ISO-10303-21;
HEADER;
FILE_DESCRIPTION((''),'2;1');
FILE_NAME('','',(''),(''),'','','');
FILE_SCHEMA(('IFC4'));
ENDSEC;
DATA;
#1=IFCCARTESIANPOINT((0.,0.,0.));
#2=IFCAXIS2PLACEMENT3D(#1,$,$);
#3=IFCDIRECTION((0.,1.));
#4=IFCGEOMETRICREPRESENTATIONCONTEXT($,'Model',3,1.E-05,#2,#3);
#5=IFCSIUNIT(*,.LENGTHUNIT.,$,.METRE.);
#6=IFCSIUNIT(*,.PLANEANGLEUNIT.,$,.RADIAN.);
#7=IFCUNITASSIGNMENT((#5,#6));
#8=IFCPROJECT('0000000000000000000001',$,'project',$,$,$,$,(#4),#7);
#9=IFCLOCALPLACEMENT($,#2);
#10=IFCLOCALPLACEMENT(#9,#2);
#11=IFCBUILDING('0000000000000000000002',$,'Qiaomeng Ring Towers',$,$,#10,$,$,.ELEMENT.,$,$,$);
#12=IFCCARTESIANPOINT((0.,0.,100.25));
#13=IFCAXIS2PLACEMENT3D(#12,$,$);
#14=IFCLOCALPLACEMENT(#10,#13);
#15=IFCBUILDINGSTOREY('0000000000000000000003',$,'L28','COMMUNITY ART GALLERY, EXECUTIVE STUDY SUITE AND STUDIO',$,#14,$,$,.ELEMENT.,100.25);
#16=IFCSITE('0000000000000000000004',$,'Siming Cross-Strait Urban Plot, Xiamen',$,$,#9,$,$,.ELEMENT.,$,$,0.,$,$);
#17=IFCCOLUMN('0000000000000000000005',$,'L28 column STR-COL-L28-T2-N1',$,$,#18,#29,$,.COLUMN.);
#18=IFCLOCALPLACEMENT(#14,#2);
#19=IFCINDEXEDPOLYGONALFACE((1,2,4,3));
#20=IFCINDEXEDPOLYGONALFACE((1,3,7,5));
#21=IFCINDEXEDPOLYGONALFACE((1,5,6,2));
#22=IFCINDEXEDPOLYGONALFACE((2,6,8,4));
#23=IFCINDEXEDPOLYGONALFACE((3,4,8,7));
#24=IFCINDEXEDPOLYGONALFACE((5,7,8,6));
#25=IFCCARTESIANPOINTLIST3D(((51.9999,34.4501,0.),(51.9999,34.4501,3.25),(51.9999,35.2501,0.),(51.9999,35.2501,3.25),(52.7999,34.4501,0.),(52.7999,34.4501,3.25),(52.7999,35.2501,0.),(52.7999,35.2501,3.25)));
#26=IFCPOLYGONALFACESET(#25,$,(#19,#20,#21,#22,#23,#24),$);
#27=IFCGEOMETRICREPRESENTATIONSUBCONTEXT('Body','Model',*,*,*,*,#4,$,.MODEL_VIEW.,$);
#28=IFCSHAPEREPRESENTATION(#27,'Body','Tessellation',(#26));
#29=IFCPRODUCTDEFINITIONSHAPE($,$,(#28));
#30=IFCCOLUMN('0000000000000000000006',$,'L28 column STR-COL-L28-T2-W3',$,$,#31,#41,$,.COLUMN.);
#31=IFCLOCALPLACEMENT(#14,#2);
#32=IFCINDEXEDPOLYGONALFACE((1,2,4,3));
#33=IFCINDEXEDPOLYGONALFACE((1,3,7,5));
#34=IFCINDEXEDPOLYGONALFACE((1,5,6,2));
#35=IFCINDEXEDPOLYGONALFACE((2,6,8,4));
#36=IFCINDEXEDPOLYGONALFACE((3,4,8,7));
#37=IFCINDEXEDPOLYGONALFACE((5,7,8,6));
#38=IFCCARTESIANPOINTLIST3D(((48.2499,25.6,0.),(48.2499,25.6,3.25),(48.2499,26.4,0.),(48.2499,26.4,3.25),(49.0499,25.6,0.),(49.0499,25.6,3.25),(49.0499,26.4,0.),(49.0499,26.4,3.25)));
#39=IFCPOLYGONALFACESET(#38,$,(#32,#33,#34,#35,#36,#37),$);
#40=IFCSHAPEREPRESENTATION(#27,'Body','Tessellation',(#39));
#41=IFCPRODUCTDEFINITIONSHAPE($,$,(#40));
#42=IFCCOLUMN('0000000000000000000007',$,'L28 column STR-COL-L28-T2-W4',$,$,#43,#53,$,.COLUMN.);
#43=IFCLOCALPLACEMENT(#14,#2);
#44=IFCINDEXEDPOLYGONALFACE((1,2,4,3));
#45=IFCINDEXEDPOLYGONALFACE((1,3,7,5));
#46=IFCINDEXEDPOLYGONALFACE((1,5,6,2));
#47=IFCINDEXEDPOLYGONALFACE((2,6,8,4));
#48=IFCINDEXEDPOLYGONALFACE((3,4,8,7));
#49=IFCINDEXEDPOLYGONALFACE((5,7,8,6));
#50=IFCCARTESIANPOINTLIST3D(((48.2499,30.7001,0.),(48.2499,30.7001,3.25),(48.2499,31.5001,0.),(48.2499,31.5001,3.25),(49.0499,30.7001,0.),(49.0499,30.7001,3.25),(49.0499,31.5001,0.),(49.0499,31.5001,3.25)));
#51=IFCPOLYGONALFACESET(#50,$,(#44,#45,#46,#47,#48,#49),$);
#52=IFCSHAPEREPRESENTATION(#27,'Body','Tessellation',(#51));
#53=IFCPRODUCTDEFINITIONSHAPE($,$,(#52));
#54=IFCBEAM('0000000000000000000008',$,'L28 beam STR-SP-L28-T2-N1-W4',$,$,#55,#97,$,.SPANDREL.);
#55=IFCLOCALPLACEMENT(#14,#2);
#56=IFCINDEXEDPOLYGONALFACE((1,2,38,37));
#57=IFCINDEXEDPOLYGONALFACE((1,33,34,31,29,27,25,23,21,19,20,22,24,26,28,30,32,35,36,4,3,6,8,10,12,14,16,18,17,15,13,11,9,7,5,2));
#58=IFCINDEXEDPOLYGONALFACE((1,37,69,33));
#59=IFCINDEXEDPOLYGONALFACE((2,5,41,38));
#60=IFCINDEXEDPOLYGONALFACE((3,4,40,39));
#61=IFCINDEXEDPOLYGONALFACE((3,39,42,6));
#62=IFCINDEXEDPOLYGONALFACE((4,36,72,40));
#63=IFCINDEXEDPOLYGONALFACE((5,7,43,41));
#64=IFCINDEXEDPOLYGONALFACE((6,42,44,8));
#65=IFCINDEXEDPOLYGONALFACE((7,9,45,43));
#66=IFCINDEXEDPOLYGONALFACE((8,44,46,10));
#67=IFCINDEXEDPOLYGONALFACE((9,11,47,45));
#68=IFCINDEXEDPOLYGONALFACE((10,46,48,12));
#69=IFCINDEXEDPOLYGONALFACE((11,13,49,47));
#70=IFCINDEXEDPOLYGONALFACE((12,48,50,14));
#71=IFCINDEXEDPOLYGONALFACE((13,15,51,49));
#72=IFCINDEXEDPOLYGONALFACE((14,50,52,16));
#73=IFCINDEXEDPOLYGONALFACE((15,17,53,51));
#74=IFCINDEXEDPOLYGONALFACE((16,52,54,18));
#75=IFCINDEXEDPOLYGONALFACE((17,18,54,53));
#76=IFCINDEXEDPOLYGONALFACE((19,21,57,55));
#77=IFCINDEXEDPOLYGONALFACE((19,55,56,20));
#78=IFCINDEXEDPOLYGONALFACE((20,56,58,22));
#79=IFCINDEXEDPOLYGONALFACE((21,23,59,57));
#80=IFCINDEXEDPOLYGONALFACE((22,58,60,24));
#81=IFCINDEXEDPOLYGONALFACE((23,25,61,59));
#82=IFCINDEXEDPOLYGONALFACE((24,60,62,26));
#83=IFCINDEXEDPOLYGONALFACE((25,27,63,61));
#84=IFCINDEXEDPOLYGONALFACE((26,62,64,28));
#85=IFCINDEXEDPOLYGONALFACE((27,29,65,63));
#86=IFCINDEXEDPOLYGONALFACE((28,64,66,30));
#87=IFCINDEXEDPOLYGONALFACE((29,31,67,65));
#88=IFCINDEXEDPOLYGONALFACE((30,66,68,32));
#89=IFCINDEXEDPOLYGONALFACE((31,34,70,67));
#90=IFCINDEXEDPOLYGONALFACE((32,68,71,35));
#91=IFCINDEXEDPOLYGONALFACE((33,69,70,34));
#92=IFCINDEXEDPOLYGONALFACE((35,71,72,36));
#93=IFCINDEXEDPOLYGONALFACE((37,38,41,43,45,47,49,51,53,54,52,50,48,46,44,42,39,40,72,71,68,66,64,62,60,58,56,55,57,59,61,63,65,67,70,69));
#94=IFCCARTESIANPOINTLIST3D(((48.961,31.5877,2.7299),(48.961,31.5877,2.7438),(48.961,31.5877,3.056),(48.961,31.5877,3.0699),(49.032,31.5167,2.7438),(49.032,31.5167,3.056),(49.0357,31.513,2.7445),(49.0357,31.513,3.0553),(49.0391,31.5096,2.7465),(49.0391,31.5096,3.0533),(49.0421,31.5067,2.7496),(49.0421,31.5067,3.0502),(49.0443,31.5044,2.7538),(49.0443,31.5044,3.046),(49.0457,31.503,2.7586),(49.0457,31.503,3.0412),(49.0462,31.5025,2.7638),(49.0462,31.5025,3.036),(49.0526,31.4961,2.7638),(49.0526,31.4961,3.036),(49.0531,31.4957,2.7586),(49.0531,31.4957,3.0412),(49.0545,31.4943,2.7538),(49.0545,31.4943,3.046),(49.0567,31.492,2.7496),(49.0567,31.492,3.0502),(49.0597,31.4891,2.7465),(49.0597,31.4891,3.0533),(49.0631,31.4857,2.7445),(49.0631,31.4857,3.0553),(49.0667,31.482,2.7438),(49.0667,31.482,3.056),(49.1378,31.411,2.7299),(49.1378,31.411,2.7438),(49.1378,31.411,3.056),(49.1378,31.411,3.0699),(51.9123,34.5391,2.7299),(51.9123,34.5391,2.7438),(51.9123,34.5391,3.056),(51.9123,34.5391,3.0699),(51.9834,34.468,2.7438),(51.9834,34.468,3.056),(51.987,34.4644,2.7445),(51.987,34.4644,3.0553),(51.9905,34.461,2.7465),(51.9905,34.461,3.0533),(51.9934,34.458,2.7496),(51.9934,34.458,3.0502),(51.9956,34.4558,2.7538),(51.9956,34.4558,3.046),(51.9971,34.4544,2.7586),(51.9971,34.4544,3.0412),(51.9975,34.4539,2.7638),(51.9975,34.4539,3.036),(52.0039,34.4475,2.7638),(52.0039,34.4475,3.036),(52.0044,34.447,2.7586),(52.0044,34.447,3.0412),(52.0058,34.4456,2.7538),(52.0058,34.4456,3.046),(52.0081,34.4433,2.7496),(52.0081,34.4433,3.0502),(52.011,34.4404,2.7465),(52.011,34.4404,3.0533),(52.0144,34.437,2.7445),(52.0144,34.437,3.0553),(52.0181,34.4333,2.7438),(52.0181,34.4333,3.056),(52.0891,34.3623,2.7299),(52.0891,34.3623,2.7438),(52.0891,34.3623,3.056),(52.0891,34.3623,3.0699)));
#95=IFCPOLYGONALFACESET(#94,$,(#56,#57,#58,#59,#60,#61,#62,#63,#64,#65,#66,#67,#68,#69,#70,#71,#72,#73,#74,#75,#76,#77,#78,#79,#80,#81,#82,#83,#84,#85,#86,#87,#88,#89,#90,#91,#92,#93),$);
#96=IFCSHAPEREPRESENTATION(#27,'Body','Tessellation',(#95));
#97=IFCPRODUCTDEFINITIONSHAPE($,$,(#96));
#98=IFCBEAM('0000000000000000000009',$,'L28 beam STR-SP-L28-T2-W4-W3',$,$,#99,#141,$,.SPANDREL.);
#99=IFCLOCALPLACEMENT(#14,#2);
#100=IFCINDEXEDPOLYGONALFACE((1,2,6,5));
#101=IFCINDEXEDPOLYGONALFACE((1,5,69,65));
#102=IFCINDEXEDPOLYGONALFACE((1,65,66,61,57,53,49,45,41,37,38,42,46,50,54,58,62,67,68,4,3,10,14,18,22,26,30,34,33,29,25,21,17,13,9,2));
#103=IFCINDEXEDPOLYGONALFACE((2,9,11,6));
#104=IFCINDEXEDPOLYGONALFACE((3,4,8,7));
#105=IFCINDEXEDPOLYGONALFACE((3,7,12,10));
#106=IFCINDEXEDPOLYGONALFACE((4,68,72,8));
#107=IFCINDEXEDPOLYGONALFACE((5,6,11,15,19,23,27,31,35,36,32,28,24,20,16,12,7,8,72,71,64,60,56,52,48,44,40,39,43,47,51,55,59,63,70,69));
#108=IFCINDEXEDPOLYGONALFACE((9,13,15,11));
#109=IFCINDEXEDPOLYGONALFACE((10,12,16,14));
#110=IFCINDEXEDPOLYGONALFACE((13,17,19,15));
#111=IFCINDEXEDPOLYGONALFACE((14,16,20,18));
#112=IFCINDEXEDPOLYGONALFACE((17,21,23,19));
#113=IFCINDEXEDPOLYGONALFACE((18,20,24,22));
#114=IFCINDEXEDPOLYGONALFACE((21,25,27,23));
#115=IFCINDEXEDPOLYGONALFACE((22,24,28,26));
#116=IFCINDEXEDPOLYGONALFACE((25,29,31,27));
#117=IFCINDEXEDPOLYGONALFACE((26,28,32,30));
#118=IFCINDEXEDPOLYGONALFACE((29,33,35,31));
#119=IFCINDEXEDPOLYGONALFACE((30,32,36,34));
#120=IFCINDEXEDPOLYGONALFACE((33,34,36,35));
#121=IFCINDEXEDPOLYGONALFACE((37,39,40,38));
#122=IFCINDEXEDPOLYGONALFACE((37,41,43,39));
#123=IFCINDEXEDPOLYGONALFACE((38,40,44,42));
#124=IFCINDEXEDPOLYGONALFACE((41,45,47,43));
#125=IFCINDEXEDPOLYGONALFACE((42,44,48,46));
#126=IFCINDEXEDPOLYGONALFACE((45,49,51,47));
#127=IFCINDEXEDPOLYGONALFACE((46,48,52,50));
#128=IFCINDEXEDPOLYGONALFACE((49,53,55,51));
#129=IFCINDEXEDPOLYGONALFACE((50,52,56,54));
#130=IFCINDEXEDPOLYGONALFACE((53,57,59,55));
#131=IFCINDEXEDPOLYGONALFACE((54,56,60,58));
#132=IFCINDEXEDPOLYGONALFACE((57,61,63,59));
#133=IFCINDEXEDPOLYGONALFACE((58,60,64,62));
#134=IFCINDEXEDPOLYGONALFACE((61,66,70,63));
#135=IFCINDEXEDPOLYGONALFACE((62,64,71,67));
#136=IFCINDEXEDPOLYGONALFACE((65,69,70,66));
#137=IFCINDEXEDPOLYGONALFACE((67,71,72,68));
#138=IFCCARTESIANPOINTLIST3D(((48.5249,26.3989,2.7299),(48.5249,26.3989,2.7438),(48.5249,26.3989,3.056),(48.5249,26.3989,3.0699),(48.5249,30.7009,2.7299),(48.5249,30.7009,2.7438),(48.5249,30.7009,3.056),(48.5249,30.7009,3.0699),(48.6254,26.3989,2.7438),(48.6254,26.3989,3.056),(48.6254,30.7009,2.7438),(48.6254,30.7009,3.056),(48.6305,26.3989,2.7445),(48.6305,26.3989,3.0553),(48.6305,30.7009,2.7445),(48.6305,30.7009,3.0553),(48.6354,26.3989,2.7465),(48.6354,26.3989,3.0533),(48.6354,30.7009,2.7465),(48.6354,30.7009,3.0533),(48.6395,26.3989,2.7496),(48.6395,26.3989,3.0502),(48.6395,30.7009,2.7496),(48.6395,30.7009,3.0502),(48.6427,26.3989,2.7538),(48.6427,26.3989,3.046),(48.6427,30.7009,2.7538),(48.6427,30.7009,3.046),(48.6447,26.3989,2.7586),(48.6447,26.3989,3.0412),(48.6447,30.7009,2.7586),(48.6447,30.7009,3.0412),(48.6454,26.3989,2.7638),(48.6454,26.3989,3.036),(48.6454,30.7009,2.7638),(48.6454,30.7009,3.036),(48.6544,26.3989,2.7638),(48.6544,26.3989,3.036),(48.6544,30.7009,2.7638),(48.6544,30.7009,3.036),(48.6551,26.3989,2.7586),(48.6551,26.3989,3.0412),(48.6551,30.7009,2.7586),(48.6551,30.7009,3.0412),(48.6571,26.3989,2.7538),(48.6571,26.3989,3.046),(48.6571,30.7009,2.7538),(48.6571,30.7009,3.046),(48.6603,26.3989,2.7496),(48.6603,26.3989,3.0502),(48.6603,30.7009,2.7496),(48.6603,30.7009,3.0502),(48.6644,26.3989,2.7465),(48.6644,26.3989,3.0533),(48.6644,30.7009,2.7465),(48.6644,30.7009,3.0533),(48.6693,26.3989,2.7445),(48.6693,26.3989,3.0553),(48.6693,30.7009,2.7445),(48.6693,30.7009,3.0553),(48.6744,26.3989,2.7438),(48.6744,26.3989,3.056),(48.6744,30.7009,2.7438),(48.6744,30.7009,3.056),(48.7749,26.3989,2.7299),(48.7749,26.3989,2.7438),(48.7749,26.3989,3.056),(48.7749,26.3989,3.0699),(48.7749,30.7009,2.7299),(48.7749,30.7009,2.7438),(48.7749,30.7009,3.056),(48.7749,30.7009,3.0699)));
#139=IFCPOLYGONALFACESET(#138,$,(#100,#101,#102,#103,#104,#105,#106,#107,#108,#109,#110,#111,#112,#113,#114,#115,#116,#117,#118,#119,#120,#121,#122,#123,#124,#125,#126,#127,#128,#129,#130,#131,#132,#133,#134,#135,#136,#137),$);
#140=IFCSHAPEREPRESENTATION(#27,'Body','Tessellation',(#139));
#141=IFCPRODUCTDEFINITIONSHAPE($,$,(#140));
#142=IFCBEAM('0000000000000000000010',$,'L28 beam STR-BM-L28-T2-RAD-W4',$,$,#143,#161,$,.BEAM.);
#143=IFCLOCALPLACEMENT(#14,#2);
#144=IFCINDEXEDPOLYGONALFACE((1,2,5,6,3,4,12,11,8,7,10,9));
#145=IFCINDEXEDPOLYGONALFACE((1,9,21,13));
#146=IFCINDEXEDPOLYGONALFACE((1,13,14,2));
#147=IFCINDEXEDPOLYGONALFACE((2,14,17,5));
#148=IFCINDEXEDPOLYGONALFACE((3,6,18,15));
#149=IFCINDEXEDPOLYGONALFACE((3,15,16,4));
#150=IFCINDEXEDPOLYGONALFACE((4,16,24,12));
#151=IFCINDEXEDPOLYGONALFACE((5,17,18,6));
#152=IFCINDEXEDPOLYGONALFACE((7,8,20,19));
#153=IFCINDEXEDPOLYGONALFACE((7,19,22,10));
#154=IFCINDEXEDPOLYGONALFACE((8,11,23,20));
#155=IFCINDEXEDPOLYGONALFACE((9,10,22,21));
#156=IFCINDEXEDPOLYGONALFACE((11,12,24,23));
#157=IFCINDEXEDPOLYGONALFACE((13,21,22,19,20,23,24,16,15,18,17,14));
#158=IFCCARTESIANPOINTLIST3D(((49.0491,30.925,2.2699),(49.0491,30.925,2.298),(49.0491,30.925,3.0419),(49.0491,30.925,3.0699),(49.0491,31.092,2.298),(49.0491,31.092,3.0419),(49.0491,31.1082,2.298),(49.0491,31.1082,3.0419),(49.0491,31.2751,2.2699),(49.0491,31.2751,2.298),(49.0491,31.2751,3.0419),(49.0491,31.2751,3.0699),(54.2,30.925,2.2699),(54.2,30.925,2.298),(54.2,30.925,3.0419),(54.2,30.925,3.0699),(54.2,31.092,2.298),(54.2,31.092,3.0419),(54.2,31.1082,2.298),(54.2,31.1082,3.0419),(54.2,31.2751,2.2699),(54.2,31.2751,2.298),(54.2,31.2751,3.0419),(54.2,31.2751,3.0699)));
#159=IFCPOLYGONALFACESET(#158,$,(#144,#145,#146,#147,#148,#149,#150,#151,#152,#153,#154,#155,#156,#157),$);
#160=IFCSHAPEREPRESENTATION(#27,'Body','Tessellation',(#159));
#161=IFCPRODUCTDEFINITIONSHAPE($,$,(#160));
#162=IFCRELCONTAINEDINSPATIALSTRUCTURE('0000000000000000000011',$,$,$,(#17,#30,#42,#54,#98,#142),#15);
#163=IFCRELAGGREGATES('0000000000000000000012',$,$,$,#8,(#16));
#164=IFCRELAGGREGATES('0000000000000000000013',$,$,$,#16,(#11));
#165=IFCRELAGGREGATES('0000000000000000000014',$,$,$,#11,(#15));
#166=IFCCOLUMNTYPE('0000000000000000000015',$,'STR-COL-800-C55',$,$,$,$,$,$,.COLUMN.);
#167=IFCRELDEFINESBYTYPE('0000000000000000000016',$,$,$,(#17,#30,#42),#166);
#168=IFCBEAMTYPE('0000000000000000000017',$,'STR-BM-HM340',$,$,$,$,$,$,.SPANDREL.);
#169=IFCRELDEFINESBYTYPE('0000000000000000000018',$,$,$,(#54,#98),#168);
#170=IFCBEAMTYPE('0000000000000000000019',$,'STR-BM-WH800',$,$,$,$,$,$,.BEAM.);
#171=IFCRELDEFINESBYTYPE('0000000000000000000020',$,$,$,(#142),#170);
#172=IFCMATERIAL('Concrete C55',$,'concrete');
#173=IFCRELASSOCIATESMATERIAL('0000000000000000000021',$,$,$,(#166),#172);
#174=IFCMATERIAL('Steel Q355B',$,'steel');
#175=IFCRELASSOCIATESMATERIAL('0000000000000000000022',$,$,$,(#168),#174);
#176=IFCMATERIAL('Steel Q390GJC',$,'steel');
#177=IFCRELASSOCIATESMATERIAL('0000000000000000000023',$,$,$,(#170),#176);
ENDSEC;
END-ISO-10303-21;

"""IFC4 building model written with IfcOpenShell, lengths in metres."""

from ifc_helpers import new_model, si_unit, direction, frame, origin, origin_2d, place, context, subcontext, project, spatial, rectangle, i_section, extrude, source, transform, mapped, material, material_profile, profile_set, type_object, element, save


model = new_model("IFC4")

# Units and contexts
model_context = context("Model", 3, precision=1e-05, world=origin(), true_north=direction((0.0, 1.0)))
body_context = subcontext(model_context, "Body", "Model", "MODEL_VIEW")
ifc_project = project(units=[si_unit("LENGTHUNIT", "METRE"), si_unit("PLANEANGLEUNIT", "RADIAN")], contexts=[model_context])

# Site, building, storey
site_placement = place(None, origin())
site = spatial("IfcSite", under=ifc_project, at=site_placement, Name="Siming Cross-Strait Urban Plot, Xiamen", CompositionType="ELEMENT", RefElevation=0.0)
building_placement = place(site_placement, origin())
building = spatial("IfcBuilding", under=site, at=building_placement, Name="Qiaomeng Ring Towers", CompositionType="ELEMENT")
storey_placement = place(building_placement, frame((0.0, 0.0, 100.25)))
storey = spatial("IfcBuildingStorey", under=building, at=storey_placement, Name="L28", Description="COMMUNITY ART GALLERY, EXECUTIVE STUDY SUITE AND STUDIO", CompositionType="ELEMENT", Elevation=100.25)

# Columns
ifc_material_1 = material(Name="Concrete C55", Category="concrete")
ifc_material_profile_1 = material_profile(ifc_material_1, rectangle(XDim=0.8, YDim=0.8, at=origin_2d()), Name="RC COL 800x800")
ifc_profile_set_1 = profile_set([ifc_material_profile_1], Name="Concrete C55")
column_type = type_object("IfcColumnType", Name="STR-COL-800-C55", PredefinedType="COLUMN", material=ifc_profile_set_1)
shared_shape_1 = source(origin(), body_context, "Body", "SweptSolid", [
    extrude(rectangle(XDim=0.8, YDim=0.8, at=origin_2d()), origin(), (0.0, 0.0, 1.0), 3.25),
])
for number, where, z_axis, x_axis, name in (
    (1, (52.3999, 34.8501, 0.0), (0.0, 0.0, 1.0), (1.0, 0.0, 0.0), "L28 column STR-COL-L28-T2-N1"),
    (2, (48.6499, 26.0, 0.0), (0.0, 0.0, 1.0), (1.0, 0.0, 0.0), "L28 column STR-COL-L28-T2-W3"),
    (3, (48.6499, 31.1001, 0.0), (0.0, 0.0, 1.0), (1.0, 0.0, 0.0), "L28 column STR-COL-L28-T2-W4"),
):
    element("IfcColumn", number, at=place(storey_placement, frame(where, z_axis=z_axis, x_axis=x_axis)), inside=storey, type_object=column_type, Name=name, PredefinedType="COLUMN", context=body_context, shape_type="MappedRepresentation", body=[
        mapped(shared_shape_1, transform((0.0, 0.0, 0.0), x_axis=(1.0, 0.0, 0.0), y_axis=(0.0, 1.0, 0.0), z_axis=(0.0, 0.0, 1.0), scale=1.0)),
    ])

# Beams
ifc_material_2 = material(Name="Steel Q355B", Category="steel")
ifc_material_profile_2 = material_profile(ifc_material_2, i_section(OverallWidth=0.25, OverallDepth=0.3401, WebThickness=0.009, FlangeThickness=0.0139, FilletRadius=0.02, at=origin_2d()), Name="HM 340x250x9x14")
ifc_profile_set_2 = profile_set([ifc_material_profile_2], Name="Steel Q355B")
beam_type_1 = type_object("IfcBeamType", Name="STR-BM-HM340", PredefinedType="SPANDREL", material=ifc_profile_set_2)
shared_shape_2 = source(origin(), body_context, "Body", "SweptSolid", [
    extrude(i_section(OverallWidth=0.25, OverallDepth=0.3401, WebThickness=0.009, FlangeThickness=0.0139, FilletRadius=0.02, at=origin_2d()), origin(), (0.0, 0.0, 1.0), 4.1738),
])
beam_1_placement = place(storey_placement, frame((52.0007, 34.4507, 2.8999), z_axis=(-0.707107, -0.707107, 0.0), x_axis=(0.707107, -0.707107, 0.0)))
element("IfcBeam", 4, at=beam_1_placement, inside=storey, type_object=beam_type_1, Name="L28 beam STR-SP-L28-T2-N1-W4", PredefinedType="SPANDREL", context=body_context, shape_type="MappedRepresentation", body=[
    mapped(shared_shape_2, transform((0.0, 0.0, 0.0), x_axis=(1.0, 0.0, 0.0), y_axis=(0.0, 1.0, 0.0), z_axis=(0.0, 0.0, 1.0), scale=1.0)),
])
shared_shape_3 = source(origin(), body_context, "Body", "SweptSolid", [
    extrude(i_section(OverallWidth=0.25, OverallDepth=0.3401, WebThickness=0.009, FlangeThickness=0.0139, FilletRadius=0.02, at=origin_2d()), origin(), (0.0, 0.0, 1.0), 4.302),
])
beam_2_placement = place(storey_placement, frame((48.6499, 30.7009, 2.8999), z_axis=(0.0, -1.0, 0.0), x_axis=(1.0, 0.0, 0.0)))
element("IfcBeam", 5, at=beam_2_placement, inside=storey, type_object=beam_type_1, Name="L28 beam STR-SP-L28-T2-W4-W3", PredefinedType="SPANDREL", context=body_context, shape_type="MappedRepresentation", body=[
    mapped(shared_shape_3, transform((0.0, 0.0, 0.0), x_axis=(1.0, 0.0, 0.0), y_axis=(0.0, 1.0, 0.0), z_axis=(0.0, 0.0, 1.0), scale=1.0)),
])
ifc_material_3 = material(Name="Steel Q390GJC", Category="steel")
ifc_material_profile_3 = material_profile(ifc_material_3, i_section(OverallWidth=0.3501, OverallDepth=0.8, WebThickness=0.0161, FlangeThickness=0.0281, at=origin_2d()), Name="WH 800x350x16x28")
ifc_profile_set_3 = profile_set([ifc_material_profile_3], Name="Steel Q390GJC")
beam_type_2 = type_object("IfcBeamType", Name="STR-BM-WH800", PredefinedType="BEAM", material=ifc_profile_set_3)
shared_shape_4 = source(origin(), body_context, "Body", "SweptSolid", [
    extrude(i_section(OverallWidth=0.3501, OverallDepth=0.8, WebThickness=0.0161, FlangeThickness=0.0281, at=origin_2d()), origin(), (0.0, 0.0, 1.0), 5.1509),
])
beam_3_placement = place(storey_placement, frame((49.0491, 31.1001, 2.6699), z_axis=(1.0, 0.0, 0.0), x_axis=(0.0, 1.0, 0.0)))
element("IfcBeam", 6, at=beam_3_placement, inside=storey, type_object=beam_type_2, Name="L28 beam STR-BM-L28-T2-RAD-W4", PredefinedType="BEAM", context=body_context, shape_type="MappedRepresentation", body=[
    mapped(shared_shape_4, transform((0.0, 0.0, 0.0), x_axis=(1.0, 0.0, 0.0), y_axis=(0.0, 1.0, 0.0), z_axis=(0.0, 0.0, 1.0), scale=1.0)),
])

save(model, "model.ifc")
